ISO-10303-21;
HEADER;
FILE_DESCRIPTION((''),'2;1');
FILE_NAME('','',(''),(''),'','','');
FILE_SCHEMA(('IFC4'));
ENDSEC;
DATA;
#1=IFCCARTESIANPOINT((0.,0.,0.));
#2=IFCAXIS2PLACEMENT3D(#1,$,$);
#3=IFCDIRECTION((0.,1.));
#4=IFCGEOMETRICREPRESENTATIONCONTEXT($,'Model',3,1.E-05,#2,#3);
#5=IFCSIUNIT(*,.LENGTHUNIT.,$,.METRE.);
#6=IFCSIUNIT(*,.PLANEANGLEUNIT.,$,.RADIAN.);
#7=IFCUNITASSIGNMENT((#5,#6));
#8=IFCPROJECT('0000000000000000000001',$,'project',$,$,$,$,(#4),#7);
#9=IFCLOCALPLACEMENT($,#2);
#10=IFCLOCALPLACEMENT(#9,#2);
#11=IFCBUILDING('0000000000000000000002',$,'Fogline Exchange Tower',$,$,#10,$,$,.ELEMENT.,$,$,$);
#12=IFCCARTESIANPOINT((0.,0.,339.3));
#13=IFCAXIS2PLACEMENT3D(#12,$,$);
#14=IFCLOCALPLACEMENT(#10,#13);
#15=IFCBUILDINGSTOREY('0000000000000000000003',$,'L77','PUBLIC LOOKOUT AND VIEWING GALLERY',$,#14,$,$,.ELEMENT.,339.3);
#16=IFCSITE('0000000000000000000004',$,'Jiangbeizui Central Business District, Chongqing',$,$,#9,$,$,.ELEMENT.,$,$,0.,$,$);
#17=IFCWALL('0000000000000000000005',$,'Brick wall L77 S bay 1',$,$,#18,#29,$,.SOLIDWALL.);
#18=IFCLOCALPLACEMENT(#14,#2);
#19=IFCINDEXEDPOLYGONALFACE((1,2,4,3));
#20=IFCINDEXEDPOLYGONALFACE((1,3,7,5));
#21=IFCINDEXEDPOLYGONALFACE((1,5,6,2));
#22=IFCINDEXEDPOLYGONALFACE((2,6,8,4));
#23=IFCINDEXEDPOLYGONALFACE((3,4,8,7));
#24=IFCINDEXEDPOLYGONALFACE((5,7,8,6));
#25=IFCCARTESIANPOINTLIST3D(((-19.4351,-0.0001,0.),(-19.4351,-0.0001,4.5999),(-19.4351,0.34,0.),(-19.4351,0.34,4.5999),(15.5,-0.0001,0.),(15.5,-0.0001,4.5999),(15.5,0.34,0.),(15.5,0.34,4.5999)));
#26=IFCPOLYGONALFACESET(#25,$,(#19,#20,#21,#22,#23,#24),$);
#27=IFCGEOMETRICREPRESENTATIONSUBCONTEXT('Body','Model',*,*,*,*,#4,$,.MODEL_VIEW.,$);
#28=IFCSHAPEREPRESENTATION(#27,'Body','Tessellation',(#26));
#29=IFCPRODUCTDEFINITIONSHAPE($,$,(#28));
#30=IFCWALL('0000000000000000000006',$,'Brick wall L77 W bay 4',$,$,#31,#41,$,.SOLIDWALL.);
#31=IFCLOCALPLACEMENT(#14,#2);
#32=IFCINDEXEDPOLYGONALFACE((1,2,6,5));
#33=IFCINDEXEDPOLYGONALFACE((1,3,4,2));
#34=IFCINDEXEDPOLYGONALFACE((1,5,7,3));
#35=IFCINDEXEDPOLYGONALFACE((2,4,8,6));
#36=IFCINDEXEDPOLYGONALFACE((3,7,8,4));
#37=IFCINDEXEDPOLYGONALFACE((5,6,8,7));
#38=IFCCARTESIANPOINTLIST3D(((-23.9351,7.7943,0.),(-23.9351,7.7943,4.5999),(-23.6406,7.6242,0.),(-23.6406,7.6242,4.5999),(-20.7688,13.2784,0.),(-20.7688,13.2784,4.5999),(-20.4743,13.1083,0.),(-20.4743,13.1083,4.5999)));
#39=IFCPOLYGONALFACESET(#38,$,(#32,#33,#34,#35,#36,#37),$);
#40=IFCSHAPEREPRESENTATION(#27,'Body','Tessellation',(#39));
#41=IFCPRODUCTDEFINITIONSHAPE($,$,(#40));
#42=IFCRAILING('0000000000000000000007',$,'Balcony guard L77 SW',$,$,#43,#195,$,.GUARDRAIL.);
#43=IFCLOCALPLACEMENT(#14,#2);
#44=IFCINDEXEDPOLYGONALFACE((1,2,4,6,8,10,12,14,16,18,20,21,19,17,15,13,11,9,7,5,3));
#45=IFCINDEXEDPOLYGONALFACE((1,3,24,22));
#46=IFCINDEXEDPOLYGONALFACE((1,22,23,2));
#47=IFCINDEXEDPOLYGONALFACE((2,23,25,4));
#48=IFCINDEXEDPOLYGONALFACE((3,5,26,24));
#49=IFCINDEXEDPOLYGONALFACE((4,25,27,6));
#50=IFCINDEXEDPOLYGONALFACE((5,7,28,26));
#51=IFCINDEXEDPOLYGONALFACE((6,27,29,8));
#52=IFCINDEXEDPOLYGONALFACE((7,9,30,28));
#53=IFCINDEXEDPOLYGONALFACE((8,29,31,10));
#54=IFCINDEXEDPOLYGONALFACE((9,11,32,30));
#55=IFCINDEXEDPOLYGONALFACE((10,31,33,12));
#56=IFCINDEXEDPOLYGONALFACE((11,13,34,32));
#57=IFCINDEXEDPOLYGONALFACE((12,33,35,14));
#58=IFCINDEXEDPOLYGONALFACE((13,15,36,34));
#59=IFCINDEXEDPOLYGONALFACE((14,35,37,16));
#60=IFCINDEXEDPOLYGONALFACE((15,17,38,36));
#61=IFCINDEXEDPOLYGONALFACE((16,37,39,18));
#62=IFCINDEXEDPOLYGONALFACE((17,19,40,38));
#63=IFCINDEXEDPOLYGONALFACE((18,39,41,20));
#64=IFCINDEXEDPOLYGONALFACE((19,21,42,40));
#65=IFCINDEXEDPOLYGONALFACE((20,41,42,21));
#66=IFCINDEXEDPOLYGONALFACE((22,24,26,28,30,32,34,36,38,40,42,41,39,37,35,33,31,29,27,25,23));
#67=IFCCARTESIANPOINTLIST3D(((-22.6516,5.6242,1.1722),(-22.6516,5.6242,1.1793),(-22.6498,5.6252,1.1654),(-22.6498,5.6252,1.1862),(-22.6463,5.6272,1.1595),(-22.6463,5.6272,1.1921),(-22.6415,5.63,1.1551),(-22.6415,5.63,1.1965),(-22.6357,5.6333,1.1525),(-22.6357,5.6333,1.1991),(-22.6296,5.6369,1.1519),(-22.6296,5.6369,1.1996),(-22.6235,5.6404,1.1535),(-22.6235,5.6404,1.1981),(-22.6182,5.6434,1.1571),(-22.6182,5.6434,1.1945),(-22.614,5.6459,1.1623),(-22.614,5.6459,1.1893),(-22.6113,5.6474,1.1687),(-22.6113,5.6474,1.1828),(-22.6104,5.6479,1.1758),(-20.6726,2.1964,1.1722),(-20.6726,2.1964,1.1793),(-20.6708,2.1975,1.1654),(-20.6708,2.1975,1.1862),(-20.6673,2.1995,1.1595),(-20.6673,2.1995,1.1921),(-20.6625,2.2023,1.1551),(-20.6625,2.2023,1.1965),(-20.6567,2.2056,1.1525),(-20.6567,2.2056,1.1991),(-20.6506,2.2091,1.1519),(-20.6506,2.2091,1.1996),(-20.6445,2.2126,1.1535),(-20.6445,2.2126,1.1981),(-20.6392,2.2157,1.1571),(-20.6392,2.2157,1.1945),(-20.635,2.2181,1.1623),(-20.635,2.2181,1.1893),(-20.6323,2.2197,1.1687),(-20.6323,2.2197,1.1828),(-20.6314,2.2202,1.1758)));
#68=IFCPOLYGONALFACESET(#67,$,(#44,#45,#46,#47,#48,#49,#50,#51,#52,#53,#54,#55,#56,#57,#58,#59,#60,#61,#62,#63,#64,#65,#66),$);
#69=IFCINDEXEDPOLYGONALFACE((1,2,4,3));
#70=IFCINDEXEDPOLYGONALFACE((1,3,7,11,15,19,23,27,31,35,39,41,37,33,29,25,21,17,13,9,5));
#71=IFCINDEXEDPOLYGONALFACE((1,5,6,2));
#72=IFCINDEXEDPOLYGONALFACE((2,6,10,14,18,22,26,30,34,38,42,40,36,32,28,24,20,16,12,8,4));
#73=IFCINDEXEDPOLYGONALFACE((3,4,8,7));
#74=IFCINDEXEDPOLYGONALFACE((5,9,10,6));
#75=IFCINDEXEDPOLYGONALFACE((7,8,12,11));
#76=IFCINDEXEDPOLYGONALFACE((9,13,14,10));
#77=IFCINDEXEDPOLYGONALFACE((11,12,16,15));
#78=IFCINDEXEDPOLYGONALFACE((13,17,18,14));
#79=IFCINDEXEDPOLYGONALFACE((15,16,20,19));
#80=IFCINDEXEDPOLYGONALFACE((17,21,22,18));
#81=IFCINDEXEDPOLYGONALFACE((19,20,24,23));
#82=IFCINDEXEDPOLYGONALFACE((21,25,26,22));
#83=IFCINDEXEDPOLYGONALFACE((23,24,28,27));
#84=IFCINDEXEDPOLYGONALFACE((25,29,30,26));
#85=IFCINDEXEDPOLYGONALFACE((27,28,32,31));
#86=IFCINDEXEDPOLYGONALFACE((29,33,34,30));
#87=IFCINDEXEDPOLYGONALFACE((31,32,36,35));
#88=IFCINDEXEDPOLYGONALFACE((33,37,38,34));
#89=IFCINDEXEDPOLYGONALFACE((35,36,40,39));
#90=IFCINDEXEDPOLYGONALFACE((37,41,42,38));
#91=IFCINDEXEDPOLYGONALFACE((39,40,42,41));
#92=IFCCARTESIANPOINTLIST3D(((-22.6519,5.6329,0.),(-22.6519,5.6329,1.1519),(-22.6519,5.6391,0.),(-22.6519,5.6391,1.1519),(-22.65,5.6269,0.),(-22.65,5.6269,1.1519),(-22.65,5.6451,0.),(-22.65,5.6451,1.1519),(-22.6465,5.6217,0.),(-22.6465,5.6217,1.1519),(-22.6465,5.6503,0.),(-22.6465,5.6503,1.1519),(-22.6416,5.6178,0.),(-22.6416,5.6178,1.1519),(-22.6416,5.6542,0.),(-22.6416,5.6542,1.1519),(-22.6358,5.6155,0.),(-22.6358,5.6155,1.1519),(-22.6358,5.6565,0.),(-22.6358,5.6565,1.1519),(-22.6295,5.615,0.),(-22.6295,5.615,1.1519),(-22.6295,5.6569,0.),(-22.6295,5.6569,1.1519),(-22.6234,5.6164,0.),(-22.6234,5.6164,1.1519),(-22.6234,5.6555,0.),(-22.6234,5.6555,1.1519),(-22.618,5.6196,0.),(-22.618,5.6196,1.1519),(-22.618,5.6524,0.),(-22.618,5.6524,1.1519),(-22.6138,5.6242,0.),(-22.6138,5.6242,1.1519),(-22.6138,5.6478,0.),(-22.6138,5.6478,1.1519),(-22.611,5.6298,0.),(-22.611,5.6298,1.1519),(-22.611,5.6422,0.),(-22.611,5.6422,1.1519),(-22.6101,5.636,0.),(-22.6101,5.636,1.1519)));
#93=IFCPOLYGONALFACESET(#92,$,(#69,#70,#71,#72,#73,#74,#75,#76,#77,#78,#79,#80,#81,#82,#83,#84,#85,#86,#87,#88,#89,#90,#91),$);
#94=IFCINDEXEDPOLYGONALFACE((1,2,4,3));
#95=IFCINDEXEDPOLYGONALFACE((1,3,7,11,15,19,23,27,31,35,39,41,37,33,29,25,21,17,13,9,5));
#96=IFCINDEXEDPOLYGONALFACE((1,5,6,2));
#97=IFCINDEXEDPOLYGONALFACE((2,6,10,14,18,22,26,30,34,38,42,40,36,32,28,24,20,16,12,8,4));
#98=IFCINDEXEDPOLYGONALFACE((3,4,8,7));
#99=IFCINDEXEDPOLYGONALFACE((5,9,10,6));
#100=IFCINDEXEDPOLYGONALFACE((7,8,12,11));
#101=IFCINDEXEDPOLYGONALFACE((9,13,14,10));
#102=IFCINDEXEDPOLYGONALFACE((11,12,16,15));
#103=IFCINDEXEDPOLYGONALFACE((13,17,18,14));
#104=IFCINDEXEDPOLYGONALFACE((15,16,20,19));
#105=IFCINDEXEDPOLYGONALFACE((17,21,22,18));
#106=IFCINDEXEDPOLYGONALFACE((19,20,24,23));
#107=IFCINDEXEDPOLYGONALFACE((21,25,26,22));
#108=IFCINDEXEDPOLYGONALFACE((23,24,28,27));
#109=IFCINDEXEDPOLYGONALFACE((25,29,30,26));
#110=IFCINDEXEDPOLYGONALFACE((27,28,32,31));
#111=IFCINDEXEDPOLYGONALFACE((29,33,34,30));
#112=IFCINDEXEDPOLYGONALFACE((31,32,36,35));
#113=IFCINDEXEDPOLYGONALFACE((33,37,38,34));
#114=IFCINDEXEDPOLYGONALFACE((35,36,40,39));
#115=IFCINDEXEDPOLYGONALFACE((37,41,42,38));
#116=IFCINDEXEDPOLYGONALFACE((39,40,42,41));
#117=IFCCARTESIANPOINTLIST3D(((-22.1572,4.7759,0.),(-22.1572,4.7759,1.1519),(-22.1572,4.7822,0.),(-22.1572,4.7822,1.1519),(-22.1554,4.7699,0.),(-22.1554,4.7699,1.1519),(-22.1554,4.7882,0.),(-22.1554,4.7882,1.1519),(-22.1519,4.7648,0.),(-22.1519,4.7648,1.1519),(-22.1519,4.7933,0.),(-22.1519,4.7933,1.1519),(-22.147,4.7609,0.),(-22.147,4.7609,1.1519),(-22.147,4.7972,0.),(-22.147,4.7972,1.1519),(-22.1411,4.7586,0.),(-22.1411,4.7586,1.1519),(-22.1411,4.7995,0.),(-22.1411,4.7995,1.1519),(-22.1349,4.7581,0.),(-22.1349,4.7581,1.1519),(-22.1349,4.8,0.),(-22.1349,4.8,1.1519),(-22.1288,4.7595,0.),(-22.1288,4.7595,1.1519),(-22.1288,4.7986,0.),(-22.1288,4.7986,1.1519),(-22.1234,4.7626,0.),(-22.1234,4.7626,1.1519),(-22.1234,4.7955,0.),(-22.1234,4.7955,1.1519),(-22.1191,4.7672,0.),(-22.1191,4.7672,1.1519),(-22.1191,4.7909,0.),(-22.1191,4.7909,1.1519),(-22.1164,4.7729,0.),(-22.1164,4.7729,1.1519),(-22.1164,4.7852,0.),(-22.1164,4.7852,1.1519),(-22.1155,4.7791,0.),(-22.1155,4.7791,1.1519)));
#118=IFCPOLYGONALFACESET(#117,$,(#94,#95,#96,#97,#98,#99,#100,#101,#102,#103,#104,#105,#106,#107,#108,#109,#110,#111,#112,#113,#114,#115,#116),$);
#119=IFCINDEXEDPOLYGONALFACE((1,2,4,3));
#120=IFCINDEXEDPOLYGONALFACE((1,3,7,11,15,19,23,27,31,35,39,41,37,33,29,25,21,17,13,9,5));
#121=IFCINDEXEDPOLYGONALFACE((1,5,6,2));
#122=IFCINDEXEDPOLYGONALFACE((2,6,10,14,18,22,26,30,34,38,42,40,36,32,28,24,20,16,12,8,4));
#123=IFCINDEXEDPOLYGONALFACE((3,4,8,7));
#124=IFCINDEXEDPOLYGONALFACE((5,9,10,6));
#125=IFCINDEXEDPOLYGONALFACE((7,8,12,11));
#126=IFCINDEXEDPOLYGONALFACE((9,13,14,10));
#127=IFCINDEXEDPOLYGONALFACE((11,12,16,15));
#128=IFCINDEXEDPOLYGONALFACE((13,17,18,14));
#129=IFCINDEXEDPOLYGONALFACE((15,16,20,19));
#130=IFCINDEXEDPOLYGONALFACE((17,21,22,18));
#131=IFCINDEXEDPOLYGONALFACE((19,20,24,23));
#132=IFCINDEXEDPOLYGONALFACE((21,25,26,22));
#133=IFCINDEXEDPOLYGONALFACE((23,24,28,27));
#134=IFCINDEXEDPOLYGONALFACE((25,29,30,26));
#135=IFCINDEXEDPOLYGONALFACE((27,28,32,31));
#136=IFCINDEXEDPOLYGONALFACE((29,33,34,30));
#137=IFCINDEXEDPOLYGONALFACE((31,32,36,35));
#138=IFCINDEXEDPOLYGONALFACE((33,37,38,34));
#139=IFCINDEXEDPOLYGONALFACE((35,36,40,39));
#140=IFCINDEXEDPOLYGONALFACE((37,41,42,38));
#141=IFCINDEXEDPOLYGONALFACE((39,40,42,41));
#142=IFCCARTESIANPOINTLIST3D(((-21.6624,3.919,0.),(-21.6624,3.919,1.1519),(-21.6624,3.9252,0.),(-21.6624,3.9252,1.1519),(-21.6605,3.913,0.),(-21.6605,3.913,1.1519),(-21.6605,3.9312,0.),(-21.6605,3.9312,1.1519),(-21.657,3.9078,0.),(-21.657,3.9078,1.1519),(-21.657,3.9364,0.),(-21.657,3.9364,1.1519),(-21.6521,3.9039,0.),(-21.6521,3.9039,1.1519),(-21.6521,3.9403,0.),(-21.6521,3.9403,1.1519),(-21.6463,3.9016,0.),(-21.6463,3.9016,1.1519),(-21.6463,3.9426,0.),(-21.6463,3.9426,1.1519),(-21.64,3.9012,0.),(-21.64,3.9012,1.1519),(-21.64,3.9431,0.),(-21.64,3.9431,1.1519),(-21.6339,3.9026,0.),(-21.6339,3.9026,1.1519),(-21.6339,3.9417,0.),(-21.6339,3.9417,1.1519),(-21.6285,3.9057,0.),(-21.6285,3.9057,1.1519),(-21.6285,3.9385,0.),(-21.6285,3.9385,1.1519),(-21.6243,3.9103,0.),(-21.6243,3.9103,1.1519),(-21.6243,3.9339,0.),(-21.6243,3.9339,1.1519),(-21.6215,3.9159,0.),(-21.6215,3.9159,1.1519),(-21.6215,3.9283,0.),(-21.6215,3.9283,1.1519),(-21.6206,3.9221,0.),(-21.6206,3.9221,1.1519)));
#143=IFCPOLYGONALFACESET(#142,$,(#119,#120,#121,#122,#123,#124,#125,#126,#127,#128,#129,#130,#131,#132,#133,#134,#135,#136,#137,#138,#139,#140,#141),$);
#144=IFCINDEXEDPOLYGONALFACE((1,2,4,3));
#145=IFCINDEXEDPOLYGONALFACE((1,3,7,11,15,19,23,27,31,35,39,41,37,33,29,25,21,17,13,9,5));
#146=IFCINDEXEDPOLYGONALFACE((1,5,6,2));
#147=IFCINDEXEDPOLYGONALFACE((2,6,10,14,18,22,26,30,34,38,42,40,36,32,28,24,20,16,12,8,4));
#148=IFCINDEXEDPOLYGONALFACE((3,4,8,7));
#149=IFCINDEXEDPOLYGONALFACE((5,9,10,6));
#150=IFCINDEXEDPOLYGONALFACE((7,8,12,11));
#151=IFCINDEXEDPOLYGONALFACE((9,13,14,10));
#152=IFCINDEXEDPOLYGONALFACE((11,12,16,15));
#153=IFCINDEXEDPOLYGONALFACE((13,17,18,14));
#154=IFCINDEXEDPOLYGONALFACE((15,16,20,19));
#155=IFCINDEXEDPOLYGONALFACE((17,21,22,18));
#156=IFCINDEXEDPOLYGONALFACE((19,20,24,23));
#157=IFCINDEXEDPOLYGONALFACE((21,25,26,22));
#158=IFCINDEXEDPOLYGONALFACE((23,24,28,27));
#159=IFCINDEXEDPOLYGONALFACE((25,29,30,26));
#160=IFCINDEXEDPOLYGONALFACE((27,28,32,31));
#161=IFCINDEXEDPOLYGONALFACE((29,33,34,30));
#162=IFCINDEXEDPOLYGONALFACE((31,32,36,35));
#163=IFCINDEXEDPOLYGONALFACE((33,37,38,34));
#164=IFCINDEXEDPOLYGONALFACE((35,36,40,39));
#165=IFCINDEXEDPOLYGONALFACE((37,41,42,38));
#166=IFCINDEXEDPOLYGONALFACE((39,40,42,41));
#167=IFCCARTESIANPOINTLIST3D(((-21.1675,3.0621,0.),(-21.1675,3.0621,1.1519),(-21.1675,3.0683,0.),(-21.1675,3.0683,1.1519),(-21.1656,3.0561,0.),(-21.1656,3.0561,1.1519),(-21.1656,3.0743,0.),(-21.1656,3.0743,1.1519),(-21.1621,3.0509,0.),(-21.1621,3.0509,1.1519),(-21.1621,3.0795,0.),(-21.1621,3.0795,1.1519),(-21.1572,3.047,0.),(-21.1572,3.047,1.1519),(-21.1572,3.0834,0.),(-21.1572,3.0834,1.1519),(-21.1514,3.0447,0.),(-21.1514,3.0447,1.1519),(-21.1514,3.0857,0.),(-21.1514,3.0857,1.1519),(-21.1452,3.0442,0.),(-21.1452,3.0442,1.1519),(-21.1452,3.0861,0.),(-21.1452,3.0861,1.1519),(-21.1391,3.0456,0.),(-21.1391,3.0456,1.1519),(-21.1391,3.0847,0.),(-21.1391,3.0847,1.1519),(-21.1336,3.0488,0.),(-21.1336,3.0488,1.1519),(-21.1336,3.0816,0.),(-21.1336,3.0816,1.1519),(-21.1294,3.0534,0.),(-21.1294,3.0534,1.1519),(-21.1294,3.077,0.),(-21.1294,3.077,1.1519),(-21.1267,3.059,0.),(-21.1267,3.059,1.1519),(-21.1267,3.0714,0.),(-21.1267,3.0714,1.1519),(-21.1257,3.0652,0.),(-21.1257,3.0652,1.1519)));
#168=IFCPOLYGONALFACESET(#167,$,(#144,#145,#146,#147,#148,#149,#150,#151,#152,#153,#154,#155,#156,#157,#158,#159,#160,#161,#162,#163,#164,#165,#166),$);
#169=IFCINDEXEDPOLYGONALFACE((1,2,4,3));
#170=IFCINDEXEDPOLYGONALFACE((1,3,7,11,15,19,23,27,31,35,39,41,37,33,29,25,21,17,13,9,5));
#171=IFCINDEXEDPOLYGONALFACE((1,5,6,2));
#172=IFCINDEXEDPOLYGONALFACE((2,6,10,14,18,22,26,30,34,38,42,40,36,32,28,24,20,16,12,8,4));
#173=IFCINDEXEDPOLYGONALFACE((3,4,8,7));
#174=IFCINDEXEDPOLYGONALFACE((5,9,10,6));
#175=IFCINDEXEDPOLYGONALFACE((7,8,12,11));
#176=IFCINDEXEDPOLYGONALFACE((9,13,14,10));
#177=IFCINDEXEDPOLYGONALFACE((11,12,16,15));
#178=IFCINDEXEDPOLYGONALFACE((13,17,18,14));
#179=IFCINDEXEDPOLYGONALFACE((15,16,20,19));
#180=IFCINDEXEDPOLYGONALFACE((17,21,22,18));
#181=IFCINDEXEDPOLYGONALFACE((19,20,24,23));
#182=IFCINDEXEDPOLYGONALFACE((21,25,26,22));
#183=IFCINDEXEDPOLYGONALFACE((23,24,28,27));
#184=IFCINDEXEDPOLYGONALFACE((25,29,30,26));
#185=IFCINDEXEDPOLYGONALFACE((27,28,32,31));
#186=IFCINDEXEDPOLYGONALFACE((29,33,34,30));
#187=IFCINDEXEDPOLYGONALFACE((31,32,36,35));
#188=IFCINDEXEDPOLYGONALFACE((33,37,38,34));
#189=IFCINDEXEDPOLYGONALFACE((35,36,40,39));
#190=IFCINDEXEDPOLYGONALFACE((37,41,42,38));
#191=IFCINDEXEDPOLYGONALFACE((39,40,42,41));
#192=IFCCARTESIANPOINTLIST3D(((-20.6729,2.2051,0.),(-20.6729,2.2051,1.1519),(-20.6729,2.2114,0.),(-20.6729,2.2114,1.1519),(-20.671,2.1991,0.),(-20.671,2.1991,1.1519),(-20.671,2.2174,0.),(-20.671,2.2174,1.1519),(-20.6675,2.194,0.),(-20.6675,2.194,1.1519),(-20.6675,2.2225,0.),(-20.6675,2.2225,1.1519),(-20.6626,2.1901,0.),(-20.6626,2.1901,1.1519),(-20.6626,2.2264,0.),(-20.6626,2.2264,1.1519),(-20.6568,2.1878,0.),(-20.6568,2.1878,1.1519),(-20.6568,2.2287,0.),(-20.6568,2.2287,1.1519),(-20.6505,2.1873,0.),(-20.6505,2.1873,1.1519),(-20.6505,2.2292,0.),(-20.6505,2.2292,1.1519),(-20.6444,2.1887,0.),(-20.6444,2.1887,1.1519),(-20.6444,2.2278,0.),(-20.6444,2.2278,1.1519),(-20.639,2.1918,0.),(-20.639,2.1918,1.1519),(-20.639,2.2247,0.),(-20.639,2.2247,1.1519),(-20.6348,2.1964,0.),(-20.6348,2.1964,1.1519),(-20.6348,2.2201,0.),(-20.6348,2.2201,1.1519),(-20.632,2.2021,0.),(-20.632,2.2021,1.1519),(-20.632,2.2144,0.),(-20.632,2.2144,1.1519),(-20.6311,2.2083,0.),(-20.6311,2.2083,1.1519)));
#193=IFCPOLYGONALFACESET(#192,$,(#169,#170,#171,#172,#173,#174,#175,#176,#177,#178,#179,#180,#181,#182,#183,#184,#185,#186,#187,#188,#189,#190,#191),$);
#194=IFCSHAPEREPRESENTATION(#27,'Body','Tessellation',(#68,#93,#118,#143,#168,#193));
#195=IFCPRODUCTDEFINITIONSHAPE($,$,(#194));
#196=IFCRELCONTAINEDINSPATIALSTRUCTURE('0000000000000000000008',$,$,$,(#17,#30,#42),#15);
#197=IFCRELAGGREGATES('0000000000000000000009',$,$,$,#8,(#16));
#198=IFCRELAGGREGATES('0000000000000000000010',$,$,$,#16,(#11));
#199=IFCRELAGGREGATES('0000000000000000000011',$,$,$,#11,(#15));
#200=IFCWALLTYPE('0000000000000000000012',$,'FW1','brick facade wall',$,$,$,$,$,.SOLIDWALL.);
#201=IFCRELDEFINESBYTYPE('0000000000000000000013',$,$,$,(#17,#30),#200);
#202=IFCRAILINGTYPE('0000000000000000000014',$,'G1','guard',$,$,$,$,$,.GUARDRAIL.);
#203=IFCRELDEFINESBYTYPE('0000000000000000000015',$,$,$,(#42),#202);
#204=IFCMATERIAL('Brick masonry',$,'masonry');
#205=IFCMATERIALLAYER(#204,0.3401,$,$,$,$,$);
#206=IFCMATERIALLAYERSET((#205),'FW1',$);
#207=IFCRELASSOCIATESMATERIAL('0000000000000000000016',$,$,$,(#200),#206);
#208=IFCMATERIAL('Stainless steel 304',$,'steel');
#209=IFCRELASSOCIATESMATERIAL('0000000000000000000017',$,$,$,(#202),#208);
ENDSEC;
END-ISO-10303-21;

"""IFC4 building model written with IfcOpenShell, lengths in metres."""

from ifc_helpers import new_model, si_unit, direction, frame, frame_2d, origin, origin_2d, place, context, subcontext, project, spatial, rectangle, circle, extrude, material, layer, layer_set, type_object, element, save


model = new_model("IFC4")

# Units and contexts
model_context = context("Model", 3, precision=1e-05, world=origin(), true_north=direction((0.0, 1.0)))
body_context = subcontext(model_context, "Body", "Model", "MODEL_VIEW")
ifc_project = project(units=[si_unit("LENGTHUNIT", "METRE"), si_unit("PLANEANGLEUNIT", "RADIAN")], contexts=[model_context])

# Site, building, storey
site_placement = place(None, origin())
site = spatial("IfcSite", under=ifc_project, at=site_placement, Name="Jiangbeizui Central Business District, Chongqing", CompositionType="ELEMENT", RefElevation=0.0)
building_placement = place(site_placement, origin())
building = spatial("IfcBuilding", under=site, at=building_placement, Name="Fogline Exchange Tower", CompositionType="ELEMENT")
storey_placement = place(building_placement, frame((0.0, 0.0, 339.3)))
storey = spatial("IfcBuildingStorey", under=building, at=storey_placement, Name="L77", Description="PUBLIC LOOKOUT AND VIEWING GALLERY", CompositionType="ELEMENT", Elevation=339.3)

# Shared definitions
ifc_material_1 = material(Name="Brick masonry", Category="masonry")
ifc_layer_1 = layer(ifc_material_1, 0.3401)
ifc_layer_set_1 = layer_set([ifc_layer_1], Name="FW1")
wall_type = type_object("IfcWallType", Name="FW1", Description="brick facade wall", PredefinedType="SOLIDWALL", material=ifc_layer_set_1)

# Walls
wall_1_placement = place(storey_placement, frame((-19.4351, 0.1699, 0.0), z_axis=(0.0, 0.0, 1.0), x_axis=(1.0, 0.0, 0.0)))
element("IfcWall", 1, at=wall_1_placement, inside=storey, type_object=wall_type, Name="Brick wall L77 S bay 1", PredefinedType="SOLIDWALL", context=body_context, shape_type="SweptSolid", body=[
    extrude(rectangle(XDim=34.9351, YDim=0.3401, at=frame_2d((17.4675, 0.0))), origin(), (0.0, 0.0, 1.0), 4.5999),
])
wall_2_placement = place(storey_placement, frame((-20.6216, 13.1934, 0.0), z_axis=(0.0, 0.0, 1.0), x_axis=(-0.499999, -0.866026, 0.0)))
element("IfcWall", 2, at=wall_2_placement, inside=storey, type_object=wall_type, Name="Brick wall L77 W bay 4", PredefinedType="SOLIDWALL", context=body_context, shape_type="SweptSolid", body=[
    extrude(rectangle(XDim=6.3325, YDim=0.3401, at=frame_2d((3.1663, 0.0))), origin(), (0.0, 0.0, 1.0), 4.5999),
])

# Railing
ifc_material_2 = material(Name="Stainless steel 304", Category="steel")
railing_type = type_object("IfcRailingType", Name="G1", Description="guard", PredefinedType="GUARDRAIL", material=ifc_material_2)
railing_placement = place(storey_placement, frame((-22.6311, 5.636, 0.0)))
element("IfcRailing", 3, at=railing_placement, inside=storey, type_object=railing_type, Name="Balcony guard L77 SW", PredefinedType="GUARDRAIL", context=body_context, shape_type="SweptSolid", body=[
    extrude(circle(Radius=0.0239, at=origin_2d()), frame((0.0, 0.0, 1.1758), z_axis=(0.5, -0.866025, 0.0), x_axis=(0.866025, 0.5, 0.0)), (0.0, 0.0, 1.0), 3.958),
    extrude(circle(Radius=0.021, at=origin_2d()), origin(), (0.0, 0.0, 1.0), 1.1519),
    extrude(circle(Radius=0.021, at=origin_2d()), frame((0.4946, -0.8569, 0.0)), (0.0, 0.0, 1.0), 1.1519),
    extrude(circle(Radius=0.021, at=origin_2d()), frame((0.9895, -1.7139, 0.0)), (0.0, 0.0, 1.0), 1.1519),
    extrude(circle(Radius=0.021, at=origin_2d()), frame((1.4844, -2.5708, 0.0)), (0.0, 0.0, 1.0), 1.1519),
    extrude(circle(Radius=0.021, at=origin_2d()), frame((1.979, -3.4277, 0.0)), (0.0, 0.0, 1.0), 1.1519),
])

save(model, "model.ifc")
